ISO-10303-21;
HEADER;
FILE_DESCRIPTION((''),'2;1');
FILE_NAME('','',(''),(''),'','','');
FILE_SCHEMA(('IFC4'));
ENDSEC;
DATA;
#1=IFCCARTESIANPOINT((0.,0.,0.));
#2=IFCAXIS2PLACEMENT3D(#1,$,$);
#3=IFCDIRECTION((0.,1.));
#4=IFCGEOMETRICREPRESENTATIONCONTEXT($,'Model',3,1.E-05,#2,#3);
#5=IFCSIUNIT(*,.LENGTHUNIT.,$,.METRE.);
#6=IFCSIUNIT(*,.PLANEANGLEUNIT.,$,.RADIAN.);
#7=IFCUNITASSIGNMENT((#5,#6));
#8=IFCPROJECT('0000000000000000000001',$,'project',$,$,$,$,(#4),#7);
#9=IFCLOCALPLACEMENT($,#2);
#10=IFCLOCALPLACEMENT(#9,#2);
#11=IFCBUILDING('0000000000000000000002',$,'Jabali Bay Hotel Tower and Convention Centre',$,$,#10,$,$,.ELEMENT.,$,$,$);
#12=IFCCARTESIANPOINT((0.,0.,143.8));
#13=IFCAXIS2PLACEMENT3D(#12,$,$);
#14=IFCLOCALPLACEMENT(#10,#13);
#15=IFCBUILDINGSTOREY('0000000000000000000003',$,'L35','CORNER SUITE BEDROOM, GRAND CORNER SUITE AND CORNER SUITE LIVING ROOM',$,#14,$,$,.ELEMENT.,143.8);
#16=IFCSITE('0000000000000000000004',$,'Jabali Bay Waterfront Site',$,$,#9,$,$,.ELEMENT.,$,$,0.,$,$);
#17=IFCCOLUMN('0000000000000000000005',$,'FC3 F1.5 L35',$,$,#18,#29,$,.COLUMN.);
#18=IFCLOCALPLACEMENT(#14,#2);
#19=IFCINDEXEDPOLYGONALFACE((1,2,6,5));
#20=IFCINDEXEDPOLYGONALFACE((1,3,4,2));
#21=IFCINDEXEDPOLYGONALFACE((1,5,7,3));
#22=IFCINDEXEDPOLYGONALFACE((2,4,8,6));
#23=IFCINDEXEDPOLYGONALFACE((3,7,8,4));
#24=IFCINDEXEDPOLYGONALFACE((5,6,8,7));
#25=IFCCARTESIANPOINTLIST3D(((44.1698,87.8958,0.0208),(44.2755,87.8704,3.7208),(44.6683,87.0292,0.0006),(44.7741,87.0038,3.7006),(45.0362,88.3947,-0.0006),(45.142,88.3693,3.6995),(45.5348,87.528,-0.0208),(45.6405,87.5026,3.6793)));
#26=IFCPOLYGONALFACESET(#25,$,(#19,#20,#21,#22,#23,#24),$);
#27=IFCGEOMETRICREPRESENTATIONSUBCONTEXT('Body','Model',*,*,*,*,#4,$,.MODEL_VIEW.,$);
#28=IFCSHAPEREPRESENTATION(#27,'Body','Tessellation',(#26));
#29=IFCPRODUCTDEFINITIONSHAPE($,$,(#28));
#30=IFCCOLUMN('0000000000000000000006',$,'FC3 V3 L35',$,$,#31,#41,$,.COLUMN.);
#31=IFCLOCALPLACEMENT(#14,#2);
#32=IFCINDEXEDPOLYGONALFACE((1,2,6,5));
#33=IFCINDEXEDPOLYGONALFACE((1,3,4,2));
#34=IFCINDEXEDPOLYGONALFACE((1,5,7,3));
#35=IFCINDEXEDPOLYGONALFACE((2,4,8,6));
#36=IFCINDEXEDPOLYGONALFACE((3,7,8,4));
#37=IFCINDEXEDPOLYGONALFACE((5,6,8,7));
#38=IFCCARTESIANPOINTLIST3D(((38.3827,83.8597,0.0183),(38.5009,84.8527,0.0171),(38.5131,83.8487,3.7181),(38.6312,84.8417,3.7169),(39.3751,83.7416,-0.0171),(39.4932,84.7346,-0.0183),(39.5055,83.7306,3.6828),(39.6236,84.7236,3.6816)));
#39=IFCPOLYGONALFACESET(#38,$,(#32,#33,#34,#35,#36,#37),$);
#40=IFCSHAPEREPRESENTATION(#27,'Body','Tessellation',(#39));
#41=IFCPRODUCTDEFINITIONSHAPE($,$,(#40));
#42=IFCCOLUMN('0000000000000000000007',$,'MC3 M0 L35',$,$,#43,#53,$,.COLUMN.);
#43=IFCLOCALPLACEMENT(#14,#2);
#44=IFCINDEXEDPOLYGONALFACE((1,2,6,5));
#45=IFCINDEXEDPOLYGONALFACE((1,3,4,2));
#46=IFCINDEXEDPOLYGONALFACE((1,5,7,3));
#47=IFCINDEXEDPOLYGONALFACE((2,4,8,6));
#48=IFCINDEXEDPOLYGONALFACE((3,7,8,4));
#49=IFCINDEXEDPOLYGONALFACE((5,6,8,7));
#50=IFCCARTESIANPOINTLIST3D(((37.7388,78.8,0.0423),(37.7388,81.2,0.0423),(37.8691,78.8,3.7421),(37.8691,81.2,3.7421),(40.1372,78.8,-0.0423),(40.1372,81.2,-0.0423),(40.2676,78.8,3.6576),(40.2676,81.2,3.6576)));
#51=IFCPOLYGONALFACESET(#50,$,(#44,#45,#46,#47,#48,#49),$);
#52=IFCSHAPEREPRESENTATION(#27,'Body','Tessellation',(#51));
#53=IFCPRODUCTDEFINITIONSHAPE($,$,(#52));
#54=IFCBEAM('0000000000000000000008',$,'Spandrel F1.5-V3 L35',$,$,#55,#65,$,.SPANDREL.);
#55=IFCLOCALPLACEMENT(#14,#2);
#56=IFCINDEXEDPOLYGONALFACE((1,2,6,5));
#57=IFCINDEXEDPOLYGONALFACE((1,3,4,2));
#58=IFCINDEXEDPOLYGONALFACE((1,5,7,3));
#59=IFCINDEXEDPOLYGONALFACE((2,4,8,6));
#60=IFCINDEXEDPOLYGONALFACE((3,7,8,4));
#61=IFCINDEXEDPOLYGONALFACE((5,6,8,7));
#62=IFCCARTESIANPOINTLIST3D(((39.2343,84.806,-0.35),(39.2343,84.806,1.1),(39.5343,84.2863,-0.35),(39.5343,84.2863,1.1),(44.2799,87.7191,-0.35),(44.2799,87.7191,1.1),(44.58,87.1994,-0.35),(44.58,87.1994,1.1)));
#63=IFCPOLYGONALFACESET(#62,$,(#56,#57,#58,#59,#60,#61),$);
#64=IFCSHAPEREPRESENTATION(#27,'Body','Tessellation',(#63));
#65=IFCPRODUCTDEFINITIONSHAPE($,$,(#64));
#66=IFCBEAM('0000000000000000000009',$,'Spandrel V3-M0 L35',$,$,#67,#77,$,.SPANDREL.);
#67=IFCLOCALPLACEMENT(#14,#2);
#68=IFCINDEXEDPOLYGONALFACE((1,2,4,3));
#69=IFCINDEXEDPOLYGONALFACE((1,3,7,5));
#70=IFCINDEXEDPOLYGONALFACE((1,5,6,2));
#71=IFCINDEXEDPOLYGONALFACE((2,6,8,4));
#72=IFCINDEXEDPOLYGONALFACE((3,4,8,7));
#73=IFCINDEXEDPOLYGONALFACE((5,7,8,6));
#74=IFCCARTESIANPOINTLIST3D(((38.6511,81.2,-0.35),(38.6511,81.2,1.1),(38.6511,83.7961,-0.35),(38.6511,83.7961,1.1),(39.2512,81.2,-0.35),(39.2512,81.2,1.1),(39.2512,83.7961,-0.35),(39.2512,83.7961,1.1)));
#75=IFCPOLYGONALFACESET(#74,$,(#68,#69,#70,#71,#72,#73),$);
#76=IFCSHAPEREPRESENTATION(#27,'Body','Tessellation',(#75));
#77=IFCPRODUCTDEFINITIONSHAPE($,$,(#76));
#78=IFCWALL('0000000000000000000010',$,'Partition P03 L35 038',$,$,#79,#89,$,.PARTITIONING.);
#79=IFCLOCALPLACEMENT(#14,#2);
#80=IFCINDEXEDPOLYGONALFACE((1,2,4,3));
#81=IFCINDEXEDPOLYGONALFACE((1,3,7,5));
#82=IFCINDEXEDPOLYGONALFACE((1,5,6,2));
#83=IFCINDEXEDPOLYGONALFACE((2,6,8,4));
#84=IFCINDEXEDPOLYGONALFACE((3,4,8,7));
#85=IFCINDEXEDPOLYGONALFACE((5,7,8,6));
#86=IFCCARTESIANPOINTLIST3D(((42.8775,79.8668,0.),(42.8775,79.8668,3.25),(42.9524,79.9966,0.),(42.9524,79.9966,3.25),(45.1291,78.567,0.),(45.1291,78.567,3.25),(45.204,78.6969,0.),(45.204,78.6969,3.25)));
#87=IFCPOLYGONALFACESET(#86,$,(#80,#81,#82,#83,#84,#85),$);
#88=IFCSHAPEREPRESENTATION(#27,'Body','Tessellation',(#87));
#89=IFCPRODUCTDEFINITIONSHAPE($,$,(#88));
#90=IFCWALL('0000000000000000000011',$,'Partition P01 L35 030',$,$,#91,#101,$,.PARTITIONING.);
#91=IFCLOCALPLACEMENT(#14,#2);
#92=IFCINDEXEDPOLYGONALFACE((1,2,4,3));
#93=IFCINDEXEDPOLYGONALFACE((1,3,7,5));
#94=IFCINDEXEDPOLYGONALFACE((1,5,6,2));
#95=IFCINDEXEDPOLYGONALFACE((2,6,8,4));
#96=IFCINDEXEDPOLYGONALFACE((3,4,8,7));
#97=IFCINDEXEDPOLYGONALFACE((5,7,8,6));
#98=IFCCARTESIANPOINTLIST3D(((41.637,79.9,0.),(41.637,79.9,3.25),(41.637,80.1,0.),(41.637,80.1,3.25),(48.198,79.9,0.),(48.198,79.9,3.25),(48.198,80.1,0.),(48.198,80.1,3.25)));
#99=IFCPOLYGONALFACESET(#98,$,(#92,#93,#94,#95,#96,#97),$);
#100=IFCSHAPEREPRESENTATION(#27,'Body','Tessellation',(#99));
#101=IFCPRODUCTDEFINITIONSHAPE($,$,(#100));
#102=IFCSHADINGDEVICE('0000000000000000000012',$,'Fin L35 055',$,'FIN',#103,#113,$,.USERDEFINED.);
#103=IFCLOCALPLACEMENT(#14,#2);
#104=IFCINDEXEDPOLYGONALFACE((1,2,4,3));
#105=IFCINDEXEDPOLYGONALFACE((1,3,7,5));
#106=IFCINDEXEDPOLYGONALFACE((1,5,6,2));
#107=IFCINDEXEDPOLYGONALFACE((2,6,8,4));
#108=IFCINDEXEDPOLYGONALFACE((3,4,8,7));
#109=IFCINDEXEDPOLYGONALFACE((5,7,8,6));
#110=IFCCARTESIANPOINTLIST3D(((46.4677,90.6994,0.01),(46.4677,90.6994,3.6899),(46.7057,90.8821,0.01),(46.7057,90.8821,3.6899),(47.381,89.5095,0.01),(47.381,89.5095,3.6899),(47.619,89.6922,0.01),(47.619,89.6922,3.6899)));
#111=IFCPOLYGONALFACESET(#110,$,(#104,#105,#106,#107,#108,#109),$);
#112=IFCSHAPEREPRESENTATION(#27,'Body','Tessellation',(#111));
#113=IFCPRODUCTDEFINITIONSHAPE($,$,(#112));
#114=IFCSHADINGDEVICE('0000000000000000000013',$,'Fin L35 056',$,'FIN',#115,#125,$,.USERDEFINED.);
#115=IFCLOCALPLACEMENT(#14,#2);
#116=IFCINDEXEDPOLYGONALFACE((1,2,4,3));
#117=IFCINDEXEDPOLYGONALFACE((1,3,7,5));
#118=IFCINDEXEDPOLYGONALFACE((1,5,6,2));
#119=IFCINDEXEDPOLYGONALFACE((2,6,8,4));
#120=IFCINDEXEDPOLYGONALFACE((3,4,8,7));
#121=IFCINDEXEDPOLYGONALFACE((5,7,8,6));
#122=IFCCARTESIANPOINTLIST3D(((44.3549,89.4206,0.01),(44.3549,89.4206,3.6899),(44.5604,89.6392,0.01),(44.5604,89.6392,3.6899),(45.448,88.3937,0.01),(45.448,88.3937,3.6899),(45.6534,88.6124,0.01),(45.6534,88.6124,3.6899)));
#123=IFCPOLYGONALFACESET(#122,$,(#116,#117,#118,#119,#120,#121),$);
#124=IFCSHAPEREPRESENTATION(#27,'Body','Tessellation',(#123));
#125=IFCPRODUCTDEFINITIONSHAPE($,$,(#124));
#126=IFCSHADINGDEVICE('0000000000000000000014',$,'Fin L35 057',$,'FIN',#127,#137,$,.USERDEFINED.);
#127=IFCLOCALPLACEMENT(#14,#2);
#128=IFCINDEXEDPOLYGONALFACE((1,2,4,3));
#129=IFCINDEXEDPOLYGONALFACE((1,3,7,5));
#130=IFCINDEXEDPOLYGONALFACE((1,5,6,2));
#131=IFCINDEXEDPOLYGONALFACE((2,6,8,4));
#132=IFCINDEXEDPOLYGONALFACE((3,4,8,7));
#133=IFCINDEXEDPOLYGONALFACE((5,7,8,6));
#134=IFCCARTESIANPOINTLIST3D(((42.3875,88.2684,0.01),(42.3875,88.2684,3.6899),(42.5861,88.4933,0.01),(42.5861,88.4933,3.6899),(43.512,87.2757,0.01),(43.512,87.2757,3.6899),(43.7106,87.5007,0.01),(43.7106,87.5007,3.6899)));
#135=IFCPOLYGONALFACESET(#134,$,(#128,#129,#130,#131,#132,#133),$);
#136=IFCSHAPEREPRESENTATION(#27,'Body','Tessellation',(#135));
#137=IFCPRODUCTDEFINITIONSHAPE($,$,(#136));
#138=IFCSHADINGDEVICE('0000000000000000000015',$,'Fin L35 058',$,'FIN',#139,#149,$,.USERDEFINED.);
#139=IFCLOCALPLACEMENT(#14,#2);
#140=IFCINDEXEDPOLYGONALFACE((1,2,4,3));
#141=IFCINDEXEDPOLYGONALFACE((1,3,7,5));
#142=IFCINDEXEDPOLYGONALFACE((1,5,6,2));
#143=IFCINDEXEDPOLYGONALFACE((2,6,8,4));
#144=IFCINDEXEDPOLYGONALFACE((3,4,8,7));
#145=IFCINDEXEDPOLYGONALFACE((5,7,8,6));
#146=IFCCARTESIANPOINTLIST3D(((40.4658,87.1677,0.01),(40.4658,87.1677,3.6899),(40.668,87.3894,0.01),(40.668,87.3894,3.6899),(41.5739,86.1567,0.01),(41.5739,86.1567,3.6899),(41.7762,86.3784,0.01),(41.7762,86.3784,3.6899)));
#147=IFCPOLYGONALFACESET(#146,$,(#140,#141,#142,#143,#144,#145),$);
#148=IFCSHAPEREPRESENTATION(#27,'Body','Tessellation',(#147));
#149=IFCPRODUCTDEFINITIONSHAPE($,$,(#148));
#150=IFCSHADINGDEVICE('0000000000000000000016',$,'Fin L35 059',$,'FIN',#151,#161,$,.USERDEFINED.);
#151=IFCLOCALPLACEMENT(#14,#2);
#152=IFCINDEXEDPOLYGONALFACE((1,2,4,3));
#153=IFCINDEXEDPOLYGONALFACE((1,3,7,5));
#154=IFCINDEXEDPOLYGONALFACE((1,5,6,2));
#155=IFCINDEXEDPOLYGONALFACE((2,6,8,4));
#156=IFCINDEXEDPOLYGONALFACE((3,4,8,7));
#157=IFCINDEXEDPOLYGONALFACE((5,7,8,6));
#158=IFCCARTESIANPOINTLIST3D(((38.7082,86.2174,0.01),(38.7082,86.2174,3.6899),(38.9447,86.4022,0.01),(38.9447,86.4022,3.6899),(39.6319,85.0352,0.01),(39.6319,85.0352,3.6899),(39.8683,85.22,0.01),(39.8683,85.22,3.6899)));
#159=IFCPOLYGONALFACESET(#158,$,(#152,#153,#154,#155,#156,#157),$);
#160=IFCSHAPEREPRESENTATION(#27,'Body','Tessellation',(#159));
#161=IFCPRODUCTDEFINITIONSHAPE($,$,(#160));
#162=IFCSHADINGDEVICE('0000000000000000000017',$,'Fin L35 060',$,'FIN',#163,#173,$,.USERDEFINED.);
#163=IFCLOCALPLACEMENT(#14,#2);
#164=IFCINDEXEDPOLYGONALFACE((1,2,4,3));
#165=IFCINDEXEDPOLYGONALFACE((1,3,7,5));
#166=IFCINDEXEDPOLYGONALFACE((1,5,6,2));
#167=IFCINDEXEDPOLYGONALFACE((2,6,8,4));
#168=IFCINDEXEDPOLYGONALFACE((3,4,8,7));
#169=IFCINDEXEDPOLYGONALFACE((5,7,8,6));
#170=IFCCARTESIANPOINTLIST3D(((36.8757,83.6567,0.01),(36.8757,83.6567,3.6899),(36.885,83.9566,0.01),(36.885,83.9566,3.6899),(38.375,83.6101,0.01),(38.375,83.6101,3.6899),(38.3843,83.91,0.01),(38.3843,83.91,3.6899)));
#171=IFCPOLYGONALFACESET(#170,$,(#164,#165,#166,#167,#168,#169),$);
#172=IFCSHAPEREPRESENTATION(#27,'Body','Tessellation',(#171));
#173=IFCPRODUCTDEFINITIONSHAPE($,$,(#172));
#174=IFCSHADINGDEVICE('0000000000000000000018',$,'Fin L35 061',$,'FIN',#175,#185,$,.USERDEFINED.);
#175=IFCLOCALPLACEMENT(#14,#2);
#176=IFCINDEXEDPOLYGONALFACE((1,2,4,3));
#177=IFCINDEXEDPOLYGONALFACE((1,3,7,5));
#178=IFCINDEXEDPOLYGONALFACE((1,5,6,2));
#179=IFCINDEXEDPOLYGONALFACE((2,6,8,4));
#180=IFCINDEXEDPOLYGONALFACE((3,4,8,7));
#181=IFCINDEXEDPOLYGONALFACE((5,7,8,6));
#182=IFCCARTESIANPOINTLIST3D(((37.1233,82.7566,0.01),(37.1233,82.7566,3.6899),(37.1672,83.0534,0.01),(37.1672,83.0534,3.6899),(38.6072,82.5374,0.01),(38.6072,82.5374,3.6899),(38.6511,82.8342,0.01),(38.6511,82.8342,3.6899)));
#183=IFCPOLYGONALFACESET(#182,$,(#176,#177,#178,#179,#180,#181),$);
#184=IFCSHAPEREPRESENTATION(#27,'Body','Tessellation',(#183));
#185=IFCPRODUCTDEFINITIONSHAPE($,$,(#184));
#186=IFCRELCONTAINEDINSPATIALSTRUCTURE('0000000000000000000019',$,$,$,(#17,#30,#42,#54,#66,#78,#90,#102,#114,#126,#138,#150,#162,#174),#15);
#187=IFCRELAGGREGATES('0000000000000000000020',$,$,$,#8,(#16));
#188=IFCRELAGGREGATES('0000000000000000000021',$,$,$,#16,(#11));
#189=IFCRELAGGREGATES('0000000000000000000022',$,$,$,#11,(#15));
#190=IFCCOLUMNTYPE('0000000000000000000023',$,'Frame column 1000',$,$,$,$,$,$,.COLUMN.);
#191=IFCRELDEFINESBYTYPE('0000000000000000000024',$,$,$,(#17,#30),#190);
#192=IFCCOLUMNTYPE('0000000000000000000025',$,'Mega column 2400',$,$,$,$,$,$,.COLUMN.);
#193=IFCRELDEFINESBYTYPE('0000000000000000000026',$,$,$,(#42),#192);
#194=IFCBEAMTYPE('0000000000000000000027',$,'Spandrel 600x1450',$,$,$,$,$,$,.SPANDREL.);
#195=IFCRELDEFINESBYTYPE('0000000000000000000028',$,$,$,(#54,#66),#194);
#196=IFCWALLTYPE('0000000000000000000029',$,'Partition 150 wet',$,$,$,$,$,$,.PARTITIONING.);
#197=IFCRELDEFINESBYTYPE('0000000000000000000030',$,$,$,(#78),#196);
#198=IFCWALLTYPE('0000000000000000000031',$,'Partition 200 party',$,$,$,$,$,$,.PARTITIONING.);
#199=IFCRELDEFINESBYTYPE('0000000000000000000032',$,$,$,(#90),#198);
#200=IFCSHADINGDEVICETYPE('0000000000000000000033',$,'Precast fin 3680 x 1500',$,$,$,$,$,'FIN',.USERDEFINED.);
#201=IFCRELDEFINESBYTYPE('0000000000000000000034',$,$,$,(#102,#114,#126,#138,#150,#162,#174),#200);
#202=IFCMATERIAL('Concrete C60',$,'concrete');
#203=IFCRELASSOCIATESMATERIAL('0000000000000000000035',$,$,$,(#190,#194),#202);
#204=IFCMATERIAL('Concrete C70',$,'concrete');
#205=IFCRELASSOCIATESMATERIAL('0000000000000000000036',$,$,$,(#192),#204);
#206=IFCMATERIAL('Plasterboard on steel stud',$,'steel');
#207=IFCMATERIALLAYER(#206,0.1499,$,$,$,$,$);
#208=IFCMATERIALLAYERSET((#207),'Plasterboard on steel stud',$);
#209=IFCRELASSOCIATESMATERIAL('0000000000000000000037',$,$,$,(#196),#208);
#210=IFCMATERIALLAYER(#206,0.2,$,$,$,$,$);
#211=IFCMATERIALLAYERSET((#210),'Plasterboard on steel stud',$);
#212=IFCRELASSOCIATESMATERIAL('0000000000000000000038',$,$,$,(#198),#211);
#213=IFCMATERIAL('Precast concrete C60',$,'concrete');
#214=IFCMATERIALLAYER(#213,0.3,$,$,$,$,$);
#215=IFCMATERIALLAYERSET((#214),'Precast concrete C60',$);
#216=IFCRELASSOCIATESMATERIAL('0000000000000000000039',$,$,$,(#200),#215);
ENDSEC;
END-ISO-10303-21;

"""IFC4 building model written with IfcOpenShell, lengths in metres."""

from ifc_helpers import new_model, si_unit, direction, frame, frame_2d, origin, origin_2d, place, context, subcontext, project, spatial, rectangle, extrude, material, layer, layer_set, material_profile, profile_set, type_object, element, save


model = new_model("IFC4")

# Units and contexts
model_context = context("Model", 3, precision=1e-05, world=origin(), true_north=direction((0.0, 1.0)))
body_context = subcontext(model_context, "Body", "Model", "MODEL_VIEW")
ifc_project = project(units=[si_unit("LENGTHUNIT", "METRE"), si_unit("PLANEANGLEUNIT", "RADIAN")], contexts=[model_context])

# Site, building, storey
site_placement = place(None, origin())
site = spatial("IfcSite", under=ifc_project, at=site_placement, Name="Jabali Bay Waterfront Site", CompositionType="ELEMENT", RefElevation=0.0)
building_placement = place(site_placement, origin())
building = spatial("IfcBuilding", under=site, at=building_placement, Name="Jabali Bay Hotel Tower and Convention Centre", CompositionType="ELEMENT")
storey_placement = place(building_placement, frame((0.0, 0.0, 143.8)))
storey = spatial("IfcBuildingStorey", under=building, at=storey_placement, Name="L35", Description="CORNER SUITE BEDROOM, GRAND CORNER SUITE AND CORNER SUITE LIVING ROOM", CompositionType="ELEMENT", Elevation=143.8)

# Columns
ifc_material_1 = material(Name="Concrete C60", Category="concrete")
ifc_material_profile_1 = material_profile(ifc_material_1, rectangle(XDim=1.0, YDim=1.0, at=origin_2d()), Name="Frame column 1000")
ifc_profile_set_1 = profile_set([ifc_material_profile_1], Name="Concrete C60")
column_type_1 = type_object("IfcColumnType", Name="Frame column 1000", PredefinedType="COLUMN", material=ifc_profile_set_1)
column_1_placement = place(storey_placement, frame((44.8523, 87.7119, 0.0), z_axis=(0.028559, -0.006859, 0.999569), x_axis=(-0.498515, 0.866646, 0.020191)))
element("IfcColumn", 1, at=column_1_placement, inside=storey, type_object=column_type_1, Name="FC3 F1.5 L35", PredefinedType="COLUMN", context=body_context, shape_type="SweptSolid", body=[
    extrude(rectangle(XDim=1.0, YDim=1.0, at=origin_2d()), origin(), (0.0, 0.0, 1.0), 3.7017),
])
column_2_placement = place(storey_placement, frame((38.938, 84.2971, 0.0), z_axis=(0.035214, -0.002967, 0.999375), x_axis=(-0.992371, 0.118117, 0.035318)))
element("IfcColumn", 2, at=column_2_placement, inside=storey, type_object=column_type_1, Name="FC3 V3 L35", PredefinedType="COLUMN", context=body_context, shape_type="SweptSolid", body=[
    extrude(rectangle(XDim=1.0, YDim=1.0, at=origin_2d()), origin(), (0.0, 0.0, 1.0), 3.7021),
])
ifc_material_2 = material(Name="Concrete C70", Category="concrete")
ifc_material_profile_2 = material_profile(ifc_material_2, rectangle(XDim=2.3999, YDim=2.3999, at=origin_2d()), Name="Mega column 2400")
ifc_profile_set_2 = profile_set([ifc_material_profile_2], Name="Concrete C70")
column_type_2 = type_object("IfcColumnType", Name="Mega column 2400", PredefinedType="COLUMN", material=ifc_profile_set_2)
column_3_placement = place(storey_placement, frame((38.938, 80.0, 0.0), z_axis=(0.035214, 0.0, 0.99938), x_axis=(0.0, 1.0, 0.0)))
element("IfcColumn", 3, at=column_3_placement, inside=storey, type_object=column_type_2, Name="MC3 M0 L35", PredefinedType="COLUMN", context=body_context, shape_type="SweptSolid", body=[
    extrude(rectangle(XDim=2.3999, YDim=2.3999, at=origin_2d()), origin(), (0.0, 0.0, 1.0), 3.7021),
])

# Beams
ifc_material_profile_3 = material_profile(ifc_material_1, rectangle(XDim=0.6001, YDim=1.45, at=origin_2d()), Name="Spandrel 600x1450")
ifc_profile_set_3 = profile_set([ifc_material_profile_3], Name="Concrete C60")
beam_type = type_object("IfcBeamType", Name="Spandrel 600x1450", PredefinedType="SPANDREL", material=ifc_profile_set_3)
beam_1_placement = place(storey_placement, frame((44.4299, 87.4592, 0.375), z_axis=(-0.866027, -0.499997, 0.0), x_axis=(0.499997, -0.866027, 0.0)))
element("IfcBeam", 4, at=beam_1_placement, inside=storey, type_object=beam_type, Name="Spandrel F1.5-V3 L35", PredefinedType="SPANDREL", context=body_context, shape_type="SweptSolid", body=[
    extrude(rectangle(XDim=0.6001, YDim=1.45, at=origin_2d()), origin(), (0.0, 0.0, 1.0), 5.8262),
])
beam_2_placement = place(storey_placement, frame((38.9512, 83.7961, 0.375), z_axis=(0.0, -1.0, 0.0), x_axis=(1.0, 0.0, 0.0)))
element("IfcBeam", 5, at=beam_2_placement, inside=storey, type_object=beam_type, Name="Spandrel V3-M0 L35", PredefinedType="SPANDREL", context=body_context, shape_type="SweptSolid", body=[
    extrude(rectangle(XDim=0.6001, YDim=1.45, at=origin_2d()), origin(), (0.0, 0.0, 1.0), 2.5962),
])

# Walls
ifc_material_3 = material(Name="Plasterboard on steel stud", Category="steel")
ifc_layer_1 = layer(ifc_material_3, 0.1499)
ifc_layer_set_1 = layer_set([ifc_layer_1], Name="Plasterboard on steel stud")
wall_type_1 = type_object("IfcWallType", Name="Partition 150 wet", PredefinedType="PARTITIONING", material=ifc_layer_set_1)
wall_1_placement = place(storey_placement, frame((42.915, 79.9316, 0.0), z_axis=(0.0, 0.0, 1.0), x_axis=(0.866062, -0.499937, 0.0)))
element("IfcWall", 6, at=wall_1_placement, inside=storey, type_object=wall_type_1, Name="Partition P03 L35 038", PredefinedType="PARTITIONING", context=body_context, shape_type="SweptSolid", body=[
    extrude(rectangle(XDim=2.5999, YDim=0.1499, at=frame_2d((1.2998, 0.0))), origin(), (0.0, 0.0, 1.0), 3.25),
])
ifc_layer_2 = layer(ifc_material_3, 0.2)
ifc_layer_set_2 = layer_set([ifc_layer_2], Name="Plasterboard on steel stud")
wall_type_2 = type_object("IfcWallType", Name="Partition 200 party", PredefinedType="PARTITIONING", material=ifc_layer_set_2)
wall_2_placement = place(storey_placement, frame((41.637, 80.0, 0.0), z_axis=(0.0, 0.0, 1.0), x_axis=(1.0, 0.0, 0.0)))
element("IfcWall", 7, at=wall_2_placement, inside=storey, type_object=wall_type_2, Name="Partition P01 L35 030", PredefinedType="PARTITIONING", context=body_context, shape_type="SweptSolid", body=[
    extrude(rectangle(XDim=6.561, YDim=0.2, at=frame_2d((3.2805, 0.0))), origin(), (0.0, 0.0, 1.0), 3.25),
])

# Shading devices
ifc_material_4 = material(Name="Precast concrete C60", Category="concrete")
ifc_layer_3 = layer(ifc_material_4, 0.3)
ifc_layer_set_3 = layer_set([ifc_layer_3], Name="Precast concrete C60")
shading_device_type = type_object("IfcShadingDeviceType", Name="Precast fin 3680 x 1500", ElementType="FIN", PredefinedType="USERDEFINED", material=ifc_layer_set_3)
shading_device_1_placement = place(storey_placement, frame((47.5, 89.6008, 0.01), z_axis=(0.0, 0.0, 1.0), x_axis=(-0.608869, 0.793271, 0.0)))
element("IfcShadingDevice", 8, at=shading_device_1_placement, inside=storey, type_object=shading_device_type, Name="Fin L35 055", ObjectType="FIN", PredefinedType="USERDEFINED", context=body_context, shape_type="SweptSolid", body=[
    extrude(rectangle(XDim=1.5, YDim=0.3, at=frame_2d((0.75, 0.0))), origin(), (0.0, 0.0, 1.0), 3.6799),
])
shading_device_2_placement = place(storey_placement, frame((45.5508, 88.5029, 0.01), z_axis=(0.0, 0.0, 1.0), x_axis=(-0.728821, 0.684704, 0.0)))
element("IfcShadingDevice", 9, at=shading_device_2_placement, inside=storey, type_object=shading_device_type, Name="Fin L35 056", ObjectType="FIN", PredefinedType="USERDEFINED", context=body_context, shape_type="SweptSolid", body=[
    extrude(rectangle(XDim=1.4998, YDim=0.3, at=frame_2d((0.75, 0.0))), origin(), (0.0, 0.0, 1.0), 3.6799),
])
for number, where, z_axis, x_axis, name in (
    (10, (43.6113, 87.3882, 0.01), (0.0, 0.0, 1.0), (-0.749686, 0.661794, 0.0), "Fin L35 057"),
    (11, (41.675, 86.2676, 0.01), (0.0, 0.0, 1.0), (-0.738753, 0.673976, 0.0), "Fin L35 058"),
):
    element("IfcShadingDevice", number, at=place(storey_placement, frame(where, z_axis=z_axis, x_axis=x_axis)), inside=storey, type_object=shading_device_type, Name=name, ObjectType="FIN", PredefinedType="USERDEFINED", context=body_context, shape_type="SweptSolid", body=[
        extrude(rectangle(XDim=1.5, YDim=0.3, at=frame_2d((0.75, 0.0))), origin(), (0.0, 0.0, 1.0), 3.6799),
    ])
shading_device_3_placement = place(storey_placement, frame((39.75, 85.1277, 0.01), z_axis=(0.0, 0.0, 1.0), x_axis=(-0.615663, 0.78801, 0.0)))
element("IfcShadingDevice", 12, at=shading_device_3_placement, inside=storey, type_object=shading_device_type, Name="Fin L35 059", ObjectType="FIN", PredefinedType="USERDEFINED", context=body_context, shape_type="SweptSolid", body=[
    extrude(rectangle(XDim=1.5002, YDim=0.3, at=frame_2d((0.75, 0.0))), origin(), (0.0, 0.0, 1.0), 3.6799),
])
for number, where, z_axis, x_axis, name in (
    (13, (38.3796, 83.76, 0.01), (0.0, 0.0, 1.0), (-0.999517, 0.031087, 0.0), "Fin L35 060"),
    (14, (38.6292, 82.6858, 0.01), (0.0, 0.0, 1.0), (-0.989261, 0.146159, 0.0), "Fin L35 061"),
):
    element("IfcShadingDevice", number, at=place(storey_placement, frame(where, z_axis=z_axis, x_axis=x_axis)), inside=storey, type_object=shading_device_type, Name=name, ObjectType="FIN", PredefinedType="USERDEFINED", context=body_context, shape_type="SweptSolid", body=[
        extrude(rectangle(XDim=1.5, YDim=0.3, at=frame_2d((0.75, 0.0))), origin(), (0.0, 0.0, 1.0), 3.6799),
    ])

save(model, "model.ifc")
